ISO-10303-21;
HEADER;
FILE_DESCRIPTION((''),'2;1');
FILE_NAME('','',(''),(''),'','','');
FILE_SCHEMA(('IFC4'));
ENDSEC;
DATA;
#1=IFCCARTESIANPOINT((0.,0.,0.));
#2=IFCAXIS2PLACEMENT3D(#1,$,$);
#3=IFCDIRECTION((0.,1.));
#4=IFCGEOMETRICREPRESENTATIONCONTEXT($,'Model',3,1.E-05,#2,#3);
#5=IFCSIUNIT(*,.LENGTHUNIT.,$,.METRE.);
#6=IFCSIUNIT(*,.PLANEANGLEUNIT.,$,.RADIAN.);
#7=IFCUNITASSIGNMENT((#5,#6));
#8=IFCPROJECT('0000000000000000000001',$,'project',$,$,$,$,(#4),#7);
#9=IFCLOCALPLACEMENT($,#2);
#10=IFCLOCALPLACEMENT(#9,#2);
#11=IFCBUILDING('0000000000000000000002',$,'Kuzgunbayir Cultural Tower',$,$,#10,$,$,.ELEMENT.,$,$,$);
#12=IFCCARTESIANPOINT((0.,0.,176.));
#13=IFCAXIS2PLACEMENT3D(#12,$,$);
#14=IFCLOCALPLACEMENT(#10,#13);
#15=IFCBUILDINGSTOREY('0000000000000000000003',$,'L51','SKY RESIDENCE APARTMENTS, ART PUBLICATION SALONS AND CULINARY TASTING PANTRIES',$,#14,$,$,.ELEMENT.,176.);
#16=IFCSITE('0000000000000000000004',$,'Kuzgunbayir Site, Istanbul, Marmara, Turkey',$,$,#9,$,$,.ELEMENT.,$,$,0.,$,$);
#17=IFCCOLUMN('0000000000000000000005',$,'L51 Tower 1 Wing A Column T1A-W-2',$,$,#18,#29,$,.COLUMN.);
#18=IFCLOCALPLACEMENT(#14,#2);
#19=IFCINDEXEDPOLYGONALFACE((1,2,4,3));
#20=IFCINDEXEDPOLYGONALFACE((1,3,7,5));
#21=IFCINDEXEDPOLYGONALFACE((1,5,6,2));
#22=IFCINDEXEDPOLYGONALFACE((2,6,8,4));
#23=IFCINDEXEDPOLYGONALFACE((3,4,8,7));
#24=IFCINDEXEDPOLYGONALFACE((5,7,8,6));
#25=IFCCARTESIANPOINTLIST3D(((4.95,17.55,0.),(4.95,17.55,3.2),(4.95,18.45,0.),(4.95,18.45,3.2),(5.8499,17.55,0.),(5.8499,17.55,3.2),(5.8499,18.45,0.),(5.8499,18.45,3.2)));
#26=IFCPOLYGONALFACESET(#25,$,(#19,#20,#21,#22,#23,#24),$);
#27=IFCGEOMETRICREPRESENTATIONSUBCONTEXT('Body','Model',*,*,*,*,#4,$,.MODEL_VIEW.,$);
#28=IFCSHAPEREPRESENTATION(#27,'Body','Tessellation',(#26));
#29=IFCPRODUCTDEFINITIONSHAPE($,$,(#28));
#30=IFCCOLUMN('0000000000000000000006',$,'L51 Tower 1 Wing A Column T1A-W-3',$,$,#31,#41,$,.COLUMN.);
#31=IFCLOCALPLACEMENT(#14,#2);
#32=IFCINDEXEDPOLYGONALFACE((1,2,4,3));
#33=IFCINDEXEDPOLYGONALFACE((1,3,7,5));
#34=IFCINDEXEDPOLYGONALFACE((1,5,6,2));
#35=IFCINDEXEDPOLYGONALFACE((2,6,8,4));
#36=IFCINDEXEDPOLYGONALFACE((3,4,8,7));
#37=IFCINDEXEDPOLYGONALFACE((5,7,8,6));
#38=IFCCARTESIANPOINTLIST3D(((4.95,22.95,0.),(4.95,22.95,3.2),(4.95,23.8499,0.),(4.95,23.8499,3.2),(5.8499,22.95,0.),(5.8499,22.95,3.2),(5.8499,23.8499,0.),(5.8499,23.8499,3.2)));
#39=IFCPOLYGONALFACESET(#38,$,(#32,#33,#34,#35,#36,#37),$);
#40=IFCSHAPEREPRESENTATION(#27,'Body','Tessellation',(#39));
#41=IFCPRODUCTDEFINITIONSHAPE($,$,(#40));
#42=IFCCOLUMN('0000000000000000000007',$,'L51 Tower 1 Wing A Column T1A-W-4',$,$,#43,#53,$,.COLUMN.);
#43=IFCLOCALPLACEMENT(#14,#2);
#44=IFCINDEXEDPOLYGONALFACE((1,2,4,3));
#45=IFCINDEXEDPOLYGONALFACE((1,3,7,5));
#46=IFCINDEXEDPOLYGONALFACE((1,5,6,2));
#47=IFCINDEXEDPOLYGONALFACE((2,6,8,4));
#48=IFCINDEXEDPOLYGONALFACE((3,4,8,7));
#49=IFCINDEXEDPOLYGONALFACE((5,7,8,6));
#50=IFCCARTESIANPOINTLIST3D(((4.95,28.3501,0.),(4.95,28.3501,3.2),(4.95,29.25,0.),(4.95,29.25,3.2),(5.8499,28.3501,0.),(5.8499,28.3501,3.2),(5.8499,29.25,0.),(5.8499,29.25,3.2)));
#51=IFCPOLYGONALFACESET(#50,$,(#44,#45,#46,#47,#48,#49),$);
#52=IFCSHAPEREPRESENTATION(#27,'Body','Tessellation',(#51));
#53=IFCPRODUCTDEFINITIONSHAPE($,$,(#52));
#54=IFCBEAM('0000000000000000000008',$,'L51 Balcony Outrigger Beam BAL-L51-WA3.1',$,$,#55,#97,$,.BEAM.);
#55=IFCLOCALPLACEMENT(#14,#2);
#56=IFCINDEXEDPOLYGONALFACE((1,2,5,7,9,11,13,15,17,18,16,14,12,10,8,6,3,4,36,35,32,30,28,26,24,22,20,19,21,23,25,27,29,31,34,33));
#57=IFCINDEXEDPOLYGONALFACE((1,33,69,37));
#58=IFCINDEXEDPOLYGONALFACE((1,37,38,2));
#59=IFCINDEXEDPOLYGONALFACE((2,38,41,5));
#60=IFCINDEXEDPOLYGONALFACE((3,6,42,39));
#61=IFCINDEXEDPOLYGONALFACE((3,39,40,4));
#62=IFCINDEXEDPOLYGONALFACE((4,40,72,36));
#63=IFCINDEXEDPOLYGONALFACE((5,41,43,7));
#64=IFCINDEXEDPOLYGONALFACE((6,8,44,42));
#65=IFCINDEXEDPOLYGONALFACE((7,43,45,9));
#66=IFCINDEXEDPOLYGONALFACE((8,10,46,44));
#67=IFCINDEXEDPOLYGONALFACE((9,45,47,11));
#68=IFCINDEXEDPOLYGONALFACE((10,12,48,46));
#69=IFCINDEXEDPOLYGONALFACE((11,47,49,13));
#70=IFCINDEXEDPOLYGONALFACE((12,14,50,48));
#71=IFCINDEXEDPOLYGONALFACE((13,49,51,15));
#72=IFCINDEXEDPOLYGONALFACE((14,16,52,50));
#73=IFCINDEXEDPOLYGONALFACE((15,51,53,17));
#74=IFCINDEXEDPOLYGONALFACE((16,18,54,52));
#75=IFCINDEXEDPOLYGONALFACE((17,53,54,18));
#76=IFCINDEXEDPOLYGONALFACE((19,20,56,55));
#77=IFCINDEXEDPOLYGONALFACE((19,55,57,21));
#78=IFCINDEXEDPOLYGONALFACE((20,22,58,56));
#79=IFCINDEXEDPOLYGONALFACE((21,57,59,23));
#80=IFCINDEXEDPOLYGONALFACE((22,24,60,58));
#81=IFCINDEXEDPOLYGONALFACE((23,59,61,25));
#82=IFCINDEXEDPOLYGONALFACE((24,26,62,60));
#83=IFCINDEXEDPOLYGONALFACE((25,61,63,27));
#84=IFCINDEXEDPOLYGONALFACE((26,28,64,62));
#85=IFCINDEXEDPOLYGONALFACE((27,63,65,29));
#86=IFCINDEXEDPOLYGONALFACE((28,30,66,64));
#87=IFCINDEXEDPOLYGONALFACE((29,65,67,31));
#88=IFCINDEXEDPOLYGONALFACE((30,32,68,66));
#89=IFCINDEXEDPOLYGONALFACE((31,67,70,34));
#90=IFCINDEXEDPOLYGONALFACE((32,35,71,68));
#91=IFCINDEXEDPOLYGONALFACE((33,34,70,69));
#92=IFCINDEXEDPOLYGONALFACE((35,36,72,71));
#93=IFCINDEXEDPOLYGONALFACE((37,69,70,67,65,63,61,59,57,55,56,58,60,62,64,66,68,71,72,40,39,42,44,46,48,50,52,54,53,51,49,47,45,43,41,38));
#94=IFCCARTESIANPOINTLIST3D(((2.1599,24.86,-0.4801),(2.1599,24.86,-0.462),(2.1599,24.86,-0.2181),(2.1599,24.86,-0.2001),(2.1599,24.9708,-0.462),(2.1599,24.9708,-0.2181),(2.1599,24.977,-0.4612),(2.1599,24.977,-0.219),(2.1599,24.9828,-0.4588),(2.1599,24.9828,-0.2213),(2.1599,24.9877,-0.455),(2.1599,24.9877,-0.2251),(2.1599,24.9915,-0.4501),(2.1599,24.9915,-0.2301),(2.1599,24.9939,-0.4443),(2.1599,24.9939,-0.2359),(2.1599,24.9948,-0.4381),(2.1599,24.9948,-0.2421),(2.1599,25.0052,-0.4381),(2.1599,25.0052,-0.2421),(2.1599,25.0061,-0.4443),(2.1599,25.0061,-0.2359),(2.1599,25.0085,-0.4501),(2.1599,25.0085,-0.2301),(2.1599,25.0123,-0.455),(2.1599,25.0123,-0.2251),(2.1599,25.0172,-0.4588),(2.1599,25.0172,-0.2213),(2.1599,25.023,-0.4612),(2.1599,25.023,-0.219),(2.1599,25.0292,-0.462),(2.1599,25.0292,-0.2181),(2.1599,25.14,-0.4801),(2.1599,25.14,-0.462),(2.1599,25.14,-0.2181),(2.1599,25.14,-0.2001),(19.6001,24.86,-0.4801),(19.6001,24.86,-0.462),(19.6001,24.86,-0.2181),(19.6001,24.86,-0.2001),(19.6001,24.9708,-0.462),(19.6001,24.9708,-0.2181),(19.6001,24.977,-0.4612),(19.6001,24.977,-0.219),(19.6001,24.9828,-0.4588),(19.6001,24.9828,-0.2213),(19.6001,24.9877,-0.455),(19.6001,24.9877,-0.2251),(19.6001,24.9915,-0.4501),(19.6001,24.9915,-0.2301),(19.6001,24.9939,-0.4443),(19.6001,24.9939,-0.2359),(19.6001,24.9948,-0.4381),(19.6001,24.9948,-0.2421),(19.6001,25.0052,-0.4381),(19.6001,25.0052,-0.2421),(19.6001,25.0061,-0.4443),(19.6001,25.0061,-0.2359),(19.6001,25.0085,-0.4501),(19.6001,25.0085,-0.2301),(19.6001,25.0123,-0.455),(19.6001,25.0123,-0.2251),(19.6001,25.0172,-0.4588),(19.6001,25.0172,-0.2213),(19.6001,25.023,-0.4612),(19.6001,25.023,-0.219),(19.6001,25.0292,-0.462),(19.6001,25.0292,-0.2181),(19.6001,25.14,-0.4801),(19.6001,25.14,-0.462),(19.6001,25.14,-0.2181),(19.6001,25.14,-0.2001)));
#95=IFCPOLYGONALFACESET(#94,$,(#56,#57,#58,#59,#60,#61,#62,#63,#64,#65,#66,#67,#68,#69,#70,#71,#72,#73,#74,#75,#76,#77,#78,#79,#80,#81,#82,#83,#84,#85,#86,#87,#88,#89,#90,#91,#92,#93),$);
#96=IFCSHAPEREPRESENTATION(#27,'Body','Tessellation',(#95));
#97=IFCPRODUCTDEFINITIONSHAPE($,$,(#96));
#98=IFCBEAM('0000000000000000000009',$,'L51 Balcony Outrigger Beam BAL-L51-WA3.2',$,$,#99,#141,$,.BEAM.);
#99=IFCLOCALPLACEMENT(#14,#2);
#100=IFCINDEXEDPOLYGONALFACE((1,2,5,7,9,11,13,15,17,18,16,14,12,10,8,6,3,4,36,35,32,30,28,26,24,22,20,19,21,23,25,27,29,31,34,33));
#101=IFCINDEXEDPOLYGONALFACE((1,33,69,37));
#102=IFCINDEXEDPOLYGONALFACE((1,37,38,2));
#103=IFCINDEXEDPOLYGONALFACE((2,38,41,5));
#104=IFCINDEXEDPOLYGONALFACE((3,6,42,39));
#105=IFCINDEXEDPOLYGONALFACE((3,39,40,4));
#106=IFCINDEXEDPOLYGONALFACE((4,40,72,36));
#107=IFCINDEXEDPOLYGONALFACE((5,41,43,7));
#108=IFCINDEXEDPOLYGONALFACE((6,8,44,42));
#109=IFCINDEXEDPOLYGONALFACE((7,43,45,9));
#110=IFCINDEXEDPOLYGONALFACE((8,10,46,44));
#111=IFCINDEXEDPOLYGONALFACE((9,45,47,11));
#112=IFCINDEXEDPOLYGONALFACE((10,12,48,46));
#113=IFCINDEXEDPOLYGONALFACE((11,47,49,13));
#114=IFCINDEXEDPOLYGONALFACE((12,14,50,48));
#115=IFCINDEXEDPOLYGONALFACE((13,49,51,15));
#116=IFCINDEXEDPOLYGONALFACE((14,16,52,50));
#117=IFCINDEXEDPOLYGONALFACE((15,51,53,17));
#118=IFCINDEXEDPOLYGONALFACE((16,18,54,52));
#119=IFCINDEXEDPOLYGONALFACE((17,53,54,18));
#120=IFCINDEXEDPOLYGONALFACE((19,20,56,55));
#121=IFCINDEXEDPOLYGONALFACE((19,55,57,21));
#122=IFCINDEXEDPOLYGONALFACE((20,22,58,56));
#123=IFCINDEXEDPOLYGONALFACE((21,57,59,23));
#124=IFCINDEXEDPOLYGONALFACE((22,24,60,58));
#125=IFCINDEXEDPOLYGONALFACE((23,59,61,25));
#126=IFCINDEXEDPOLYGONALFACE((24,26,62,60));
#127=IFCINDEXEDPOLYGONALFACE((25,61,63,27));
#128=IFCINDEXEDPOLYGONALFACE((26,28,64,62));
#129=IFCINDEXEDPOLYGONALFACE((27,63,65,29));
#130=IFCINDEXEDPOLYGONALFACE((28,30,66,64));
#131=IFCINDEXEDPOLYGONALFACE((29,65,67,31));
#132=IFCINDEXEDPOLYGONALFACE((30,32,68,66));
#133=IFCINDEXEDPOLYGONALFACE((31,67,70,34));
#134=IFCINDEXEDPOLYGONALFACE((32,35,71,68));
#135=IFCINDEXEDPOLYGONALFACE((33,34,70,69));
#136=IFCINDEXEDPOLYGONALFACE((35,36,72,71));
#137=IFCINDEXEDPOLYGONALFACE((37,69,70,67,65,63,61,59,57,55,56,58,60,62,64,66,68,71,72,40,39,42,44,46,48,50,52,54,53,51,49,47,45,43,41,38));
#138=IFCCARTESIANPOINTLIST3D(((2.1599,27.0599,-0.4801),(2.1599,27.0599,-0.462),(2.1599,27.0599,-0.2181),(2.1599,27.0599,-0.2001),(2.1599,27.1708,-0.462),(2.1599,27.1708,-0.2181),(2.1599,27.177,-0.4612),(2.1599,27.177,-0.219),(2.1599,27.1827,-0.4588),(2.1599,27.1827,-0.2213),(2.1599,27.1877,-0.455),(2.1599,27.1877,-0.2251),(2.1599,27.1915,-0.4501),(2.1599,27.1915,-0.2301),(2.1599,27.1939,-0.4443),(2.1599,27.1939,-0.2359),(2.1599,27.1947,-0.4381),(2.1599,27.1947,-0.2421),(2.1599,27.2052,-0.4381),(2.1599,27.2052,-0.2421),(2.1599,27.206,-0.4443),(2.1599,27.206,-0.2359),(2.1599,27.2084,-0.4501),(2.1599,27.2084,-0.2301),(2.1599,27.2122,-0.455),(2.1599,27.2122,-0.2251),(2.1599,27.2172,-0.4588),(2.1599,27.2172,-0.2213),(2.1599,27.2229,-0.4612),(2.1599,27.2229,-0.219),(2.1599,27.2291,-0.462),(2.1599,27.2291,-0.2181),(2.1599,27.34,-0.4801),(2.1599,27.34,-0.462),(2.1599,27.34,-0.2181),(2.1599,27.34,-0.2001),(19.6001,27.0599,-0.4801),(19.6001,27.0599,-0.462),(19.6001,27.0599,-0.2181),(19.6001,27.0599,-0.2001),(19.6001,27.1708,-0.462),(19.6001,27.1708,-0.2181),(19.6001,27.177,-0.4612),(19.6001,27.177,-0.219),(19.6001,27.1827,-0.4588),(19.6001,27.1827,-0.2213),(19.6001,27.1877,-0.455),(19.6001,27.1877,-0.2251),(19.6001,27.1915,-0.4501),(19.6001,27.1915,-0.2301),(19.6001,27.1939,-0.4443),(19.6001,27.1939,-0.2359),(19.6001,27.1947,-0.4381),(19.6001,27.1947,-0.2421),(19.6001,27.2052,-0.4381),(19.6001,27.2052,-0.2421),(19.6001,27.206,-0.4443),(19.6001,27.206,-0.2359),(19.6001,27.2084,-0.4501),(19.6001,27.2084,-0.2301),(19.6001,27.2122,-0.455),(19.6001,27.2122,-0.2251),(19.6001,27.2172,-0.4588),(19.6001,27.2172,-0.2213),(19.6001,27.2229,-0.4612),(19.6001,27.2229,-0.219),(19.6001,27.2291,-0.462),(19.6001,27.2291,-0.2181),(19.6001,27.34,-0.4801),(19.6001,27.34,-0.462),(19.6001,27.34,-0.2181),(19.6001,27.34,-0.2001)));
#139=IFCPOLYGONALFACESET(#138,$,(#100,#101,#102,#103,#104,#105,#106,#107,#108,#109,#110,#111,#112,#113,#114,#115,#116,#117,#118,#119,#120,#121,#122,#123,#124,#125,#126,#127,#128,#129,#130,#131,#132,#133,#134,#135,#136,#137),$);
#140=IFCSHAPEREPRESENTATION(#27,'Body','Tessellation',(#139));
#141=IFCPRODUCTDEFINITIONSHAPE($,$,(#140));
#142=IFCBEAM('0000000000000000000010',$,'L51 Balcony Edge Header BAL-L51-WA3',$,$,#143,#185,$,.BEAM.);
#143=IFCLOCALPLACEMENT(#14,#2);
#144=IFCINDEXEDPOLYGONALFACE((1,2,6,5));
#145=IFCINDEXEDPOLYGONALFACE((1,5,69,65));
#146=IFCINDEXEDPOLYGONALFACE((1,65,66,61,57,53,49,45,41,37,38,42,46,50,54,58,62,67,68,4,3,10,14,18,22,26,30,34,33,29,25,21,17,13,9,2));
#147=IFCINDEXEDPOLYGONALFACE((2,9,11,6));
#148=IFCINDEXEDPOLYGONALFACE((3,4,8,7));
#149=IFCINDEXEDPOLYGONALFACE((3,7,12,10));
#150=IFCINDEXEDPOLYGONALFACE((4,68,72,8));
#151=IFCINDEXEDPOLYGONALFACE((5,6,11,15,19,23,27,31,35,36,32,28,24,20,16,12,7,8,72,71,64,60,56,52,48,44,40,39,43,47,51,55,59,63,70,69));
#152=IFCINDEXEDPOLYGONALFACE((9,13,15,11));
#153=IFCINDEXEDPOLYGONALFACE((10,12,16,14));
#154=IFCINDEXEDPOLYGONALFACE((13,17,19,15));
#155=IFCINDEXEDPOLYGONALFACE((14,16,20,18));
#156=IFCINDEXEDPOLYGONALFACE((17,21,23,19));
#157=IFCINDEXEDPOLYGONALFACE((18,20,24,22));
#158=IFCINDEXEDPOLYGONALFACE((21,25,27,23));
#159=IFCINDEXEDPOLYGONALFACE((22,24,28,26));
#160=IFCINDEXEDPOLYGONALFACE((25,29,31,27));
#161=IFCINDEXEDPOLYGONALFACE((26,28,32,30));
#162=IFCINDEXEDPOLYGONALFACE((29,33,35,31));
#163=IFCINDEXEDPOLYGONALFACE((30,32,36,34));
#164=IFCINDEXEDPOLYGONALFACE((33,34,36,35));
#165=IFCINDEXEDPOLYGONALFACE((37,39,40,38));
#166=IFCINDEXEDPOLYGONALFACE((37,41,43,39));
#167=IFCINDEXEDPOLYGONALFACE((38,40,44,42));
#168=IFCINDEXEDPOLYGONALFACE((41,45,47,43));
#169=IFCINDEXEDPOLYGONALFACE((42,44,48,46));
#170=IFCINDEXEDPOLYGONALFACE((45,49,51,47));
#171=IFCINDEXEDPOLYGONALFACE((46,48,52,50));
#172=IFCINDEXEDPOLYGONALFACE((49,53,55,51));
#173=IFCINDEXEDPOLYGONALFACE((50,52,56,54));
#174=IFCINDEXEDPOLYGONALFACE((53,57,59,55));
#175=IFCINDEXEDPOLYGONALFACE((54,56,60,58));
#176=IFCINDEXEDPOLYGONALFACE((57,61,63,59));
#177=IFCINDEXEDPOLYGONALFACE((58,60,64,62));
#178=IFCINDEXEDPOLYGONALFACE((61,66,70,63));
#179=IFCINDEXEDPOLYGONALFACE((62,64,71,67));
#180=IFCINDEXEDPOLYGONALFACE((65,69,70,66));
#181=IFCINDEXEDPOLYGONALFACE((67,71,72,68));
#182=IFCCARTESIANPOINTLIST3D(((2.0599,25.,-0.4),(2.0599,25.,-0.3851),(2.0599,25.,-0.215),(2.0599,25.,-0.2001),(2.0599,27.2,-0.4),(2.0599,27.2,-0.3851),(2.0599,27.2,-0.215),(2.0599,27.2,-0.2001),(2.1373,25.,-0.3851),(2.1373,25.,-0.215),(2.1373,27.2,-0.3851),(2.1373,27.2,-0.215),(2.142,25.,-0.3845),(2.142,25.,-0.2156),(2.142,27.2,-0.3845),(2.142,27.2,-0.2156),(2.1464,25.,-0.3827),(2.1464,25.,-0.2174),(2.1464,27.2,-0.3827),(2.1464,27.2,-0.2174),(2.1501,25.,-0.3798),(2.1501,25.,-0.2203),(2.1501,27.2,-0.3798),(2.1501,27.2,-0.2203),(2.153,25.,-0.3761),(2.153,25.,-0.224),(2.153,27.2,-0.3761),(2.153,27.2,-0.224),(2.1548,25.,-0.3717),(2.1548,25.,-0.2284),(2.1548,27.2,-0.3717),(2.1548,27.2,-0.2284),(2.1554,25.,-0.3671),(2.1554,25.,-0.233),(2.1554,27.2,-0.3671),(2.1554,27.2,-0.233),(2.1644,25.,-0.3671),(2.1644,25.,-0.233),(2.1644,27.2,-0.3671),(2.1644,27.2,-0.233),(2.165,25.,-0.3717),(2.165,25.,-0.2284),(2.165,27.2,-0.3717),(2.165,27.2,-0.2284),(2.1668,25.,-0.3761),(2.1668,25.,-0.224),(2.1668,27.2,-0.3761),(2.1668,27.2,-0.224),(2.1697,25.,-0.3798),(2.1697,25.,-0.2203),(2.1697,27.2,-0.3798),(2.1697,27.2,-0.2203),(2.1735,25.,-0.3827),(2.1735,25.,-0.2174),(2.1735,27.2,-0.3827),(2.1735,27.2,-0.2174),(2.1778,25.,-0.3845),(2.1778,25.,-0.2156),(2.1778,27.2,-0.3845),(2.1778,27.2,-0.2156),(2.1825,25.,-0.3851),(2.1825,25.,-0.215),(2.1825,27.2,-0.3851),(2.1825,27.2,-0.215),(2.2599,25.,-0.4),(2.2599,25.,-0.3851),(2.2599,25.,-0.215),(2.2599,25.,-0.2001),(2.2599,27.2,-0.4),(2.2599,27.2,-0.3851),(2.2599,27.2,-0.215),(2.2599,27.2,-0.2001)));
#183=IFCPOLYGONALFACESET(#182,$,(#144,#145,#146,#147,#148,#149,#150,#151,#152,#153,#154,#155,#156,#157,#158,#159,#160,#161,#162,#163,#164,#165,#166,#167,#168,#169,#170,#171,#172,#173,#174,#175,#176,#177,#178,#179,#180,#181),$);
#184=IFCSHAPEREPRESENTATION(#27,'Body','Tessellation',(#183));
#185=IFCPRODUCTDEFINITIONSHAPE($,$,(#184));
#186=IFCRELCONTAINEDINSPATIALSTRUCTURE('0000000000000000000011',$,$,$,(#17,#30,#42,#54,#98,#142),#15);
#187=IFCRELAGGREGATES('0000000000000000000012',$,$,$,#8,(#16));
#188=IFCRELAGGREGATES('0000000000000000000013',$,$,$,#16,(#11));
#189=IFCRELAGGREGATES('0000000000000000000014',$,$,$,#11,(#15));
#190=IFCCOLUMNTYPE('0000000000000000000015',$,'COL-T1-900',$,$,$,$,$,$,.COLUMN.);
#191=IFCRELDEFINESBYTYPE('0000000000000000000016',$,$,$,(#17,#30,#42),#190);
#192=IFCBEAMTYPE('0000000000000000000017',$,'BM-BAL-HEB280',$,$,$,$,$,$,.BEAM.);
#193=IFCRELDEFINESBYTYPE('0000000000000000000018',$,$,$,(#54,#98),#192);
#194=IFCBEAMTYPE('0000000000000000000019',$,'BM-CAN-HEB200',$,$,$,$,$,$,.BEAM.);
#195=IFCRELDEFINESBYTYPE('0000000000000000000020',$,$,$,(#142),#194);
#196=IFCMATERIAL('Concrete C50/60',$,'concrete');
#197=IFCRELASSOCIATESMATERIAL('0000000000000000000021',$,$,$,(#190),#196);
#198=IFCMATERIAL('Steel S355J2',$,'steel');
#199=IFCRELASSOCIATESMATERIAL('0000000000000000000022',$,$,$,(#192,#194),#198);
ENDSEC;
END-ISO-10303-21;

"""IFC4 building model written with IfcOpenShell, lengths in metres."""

from ifc_helpers import new_model, si_unit, direction, frame, origin, origin_2d, place, context, subcontext, project, spatial, rectangle, i_section, extrude, material, material_profile, profile_set, type_object, element, save


model = new_model("IFC4")

# Units and contexts
model_context = context("Model", 3, precision=1e-05, world=origin(), true_north=direction((0.0, 1.0)))
body_context = subcontext(model_context, "Body", "Model", "MODEL_VIEW")
ifc_project = project(units=[si_unit("LENGTHUNIT", "METRE"), si_unit("PLANEANGLEUNIT", "RADIAN")], contexts=[model_context])

# Site, building, storey
site_placement = place(None, origin())
site = spatial("IfcSite", under=ifc_project, at=site_placement, Name="Kuzgunbayir Site, Istanbul, Marmara, Turkey", CompositionType="ELEMENT", RefElevation=0.0)
building_placement = place(site_placement, origin())
building = spatial("IfcBuilding", under=site, at=building_placement, Name="Kuzgunbayir Cultural Tower", CompositionType="ELEMENT")
storey_placement = place(building_placement, frame((0.0, 0.0, 176.0)))
storey = spatial("IfcBuildingStorey", under=building, at=storey_placement, Name="L51", Description="SKY RESIDENCE APARTMENTS, ART PUBLICATION SALONS AND CULINARY TASTING PANTRIES", CompositionType="ELEMENT", Elevation=176.0)

# Columns
ifc_material_1 = material(Name="Concrete C50/60", Category="concrete")
ifc_material_profile_1 = material_profile(ifc_material_1, rectangle(XDim=0.8999, YDim=0.8999, at=origin_2d()), Name="RC 900x900")
ifc_profile_set_1 = profile_set([ifc_material_profile_1], Name="Concrete C50/60")
column_type = type_object("IfcColumnType", Name="COL-T1-900", PredefinedType="COLUMN", material=ifc_profile_set_1)
for number, where, z_axis, x_axis, name in (
    (1, (5.3999, 18.0, 0.0), (0.0, 0.0, 1.0), (1.0, 0.0, 0.0), "L51 Tower 1 Wing A Column T1A-W-2"),
    (2, (5.3999, 23.3999, 0.0), (0.0, 0.0, 1.0), (1.0, 0.0, 0.0), "L51 Tower 1 Wing A Column T1A-W-3"),
    (3, (5.3999, 28.8, 0.0), (0.0, 0.0, 1.0), (1.0, 0.0, 0.0), "L51 Tower 1 Wing A Column T1A-W-4"),
):
    element("IfcColumn", number, at=place(storey_placement, frame(where, z_axis=z_axis, x_axis=x_axis)), inside=storey, type_object=column_type, Name=name, PredefinedType="COLUMN", context=body_context, shape_type="SweptSolid", body=[
        extrude(rectangle(XDim=0.8999, YDim=0.8999, at=origin_2d()), origin(), (0.0, 0.0, 1.0), 3.2),
    ])

# Beams
ifc_material_2 = material(Name="Steel S355J2", Category="steel")
ifc_material_profile_2 = material_profile(ifc_material_2, i_section(OverallWidth=0.28, OverallDepth=0.28, WebThickness=0.0105, FlangeThickness=0.0181, FilletRadius=0.0239, at=origin_2d()), Name="HEB 280")
ifc_profile_set_2 = profile_set([ifc_material_profile_2], Name="Steel S355J2")
beam_type_1 = type_object("IfcBeamType", Name="BM-BAL-HEB280", PredefinedType="BEAM", material=ifc_profile_set_2)
for number, where, z_axis, x_axis, name in (
    (4, (2.1599, 25.0, -0.3401), (1.0, 0.0, 0.0), (0.0, 1.0, 0.0), "L51 Balcony Outrigger Beam BAL-L51-WA3.1"),
    (5, (2.1599, 27.2, -0.3401), (1.0, 0.0, 0.0), (0.0, 1.0, 0.0), "L51 Balcony Outrigger Beam BAL-L51-WA3.2"),
):
    element("IfcBeam", number, at=place(storey_placement, frame(where, z_axis=z_axis, x_axis=x_axis)), inside=storey, type_object=beam_type_1, Name=name, PredefinedType="BEAM", context=body_context, shape_type="SweptSolid", body=[
        extrude(i_section(OverallWidth=0.28, OverallDepth=0.28, WebThickness=0.0105, FlangeThickness=0.0181, FilletRadius=0.0239, at=origin_2d()), origin(), (0.0, 0.0, 1.0), 17.4402),
    ])
ifc_material_profile_3 = material_profile(ifc_material_2, i_section(OverallWidth=0.2, OverallDepth=0.2, WebThickness=0.009, FlangeThickness=0.0149, FilletRadius=0.0181, at=origin_2d()), Name="HEB 200")
ifc_profile_set_3 = profile_set([ifc_material_profile_3], Name="Steel S355J2")
beam_type_2 = type_object("IfcBeamType", Name="BM-CAN-HEB200", PredefinedType="BEAM", material=ifc_profile_set_3)
beam_1_placement = place(storey_placement, frame((2.1599, 25.0, -0.3), z_axis=(0.0, 1.0, 0.0), x_axis=(-1.0, 0.0, 0.0)))
element("IfcBeam", 6, at=beam_1_placement, inside=storey, type_object=beam_type_2, Name="L51 Balcony Edge Header BAL-L51-WA3", PredefinedType="BEAM", context=body_context, shape_type="SweptSolid", body=[
    extrude(i_section(OverallWidth=0.2, OverallDepth=0.2, WebThickness=0.009, FlangeThickness=0.0149, FilletRadius=0.0181, at=origin_2d()), origin(), (0.0, 0.0, 1.0), 2.2),
])

save(model, "model.ifc")
